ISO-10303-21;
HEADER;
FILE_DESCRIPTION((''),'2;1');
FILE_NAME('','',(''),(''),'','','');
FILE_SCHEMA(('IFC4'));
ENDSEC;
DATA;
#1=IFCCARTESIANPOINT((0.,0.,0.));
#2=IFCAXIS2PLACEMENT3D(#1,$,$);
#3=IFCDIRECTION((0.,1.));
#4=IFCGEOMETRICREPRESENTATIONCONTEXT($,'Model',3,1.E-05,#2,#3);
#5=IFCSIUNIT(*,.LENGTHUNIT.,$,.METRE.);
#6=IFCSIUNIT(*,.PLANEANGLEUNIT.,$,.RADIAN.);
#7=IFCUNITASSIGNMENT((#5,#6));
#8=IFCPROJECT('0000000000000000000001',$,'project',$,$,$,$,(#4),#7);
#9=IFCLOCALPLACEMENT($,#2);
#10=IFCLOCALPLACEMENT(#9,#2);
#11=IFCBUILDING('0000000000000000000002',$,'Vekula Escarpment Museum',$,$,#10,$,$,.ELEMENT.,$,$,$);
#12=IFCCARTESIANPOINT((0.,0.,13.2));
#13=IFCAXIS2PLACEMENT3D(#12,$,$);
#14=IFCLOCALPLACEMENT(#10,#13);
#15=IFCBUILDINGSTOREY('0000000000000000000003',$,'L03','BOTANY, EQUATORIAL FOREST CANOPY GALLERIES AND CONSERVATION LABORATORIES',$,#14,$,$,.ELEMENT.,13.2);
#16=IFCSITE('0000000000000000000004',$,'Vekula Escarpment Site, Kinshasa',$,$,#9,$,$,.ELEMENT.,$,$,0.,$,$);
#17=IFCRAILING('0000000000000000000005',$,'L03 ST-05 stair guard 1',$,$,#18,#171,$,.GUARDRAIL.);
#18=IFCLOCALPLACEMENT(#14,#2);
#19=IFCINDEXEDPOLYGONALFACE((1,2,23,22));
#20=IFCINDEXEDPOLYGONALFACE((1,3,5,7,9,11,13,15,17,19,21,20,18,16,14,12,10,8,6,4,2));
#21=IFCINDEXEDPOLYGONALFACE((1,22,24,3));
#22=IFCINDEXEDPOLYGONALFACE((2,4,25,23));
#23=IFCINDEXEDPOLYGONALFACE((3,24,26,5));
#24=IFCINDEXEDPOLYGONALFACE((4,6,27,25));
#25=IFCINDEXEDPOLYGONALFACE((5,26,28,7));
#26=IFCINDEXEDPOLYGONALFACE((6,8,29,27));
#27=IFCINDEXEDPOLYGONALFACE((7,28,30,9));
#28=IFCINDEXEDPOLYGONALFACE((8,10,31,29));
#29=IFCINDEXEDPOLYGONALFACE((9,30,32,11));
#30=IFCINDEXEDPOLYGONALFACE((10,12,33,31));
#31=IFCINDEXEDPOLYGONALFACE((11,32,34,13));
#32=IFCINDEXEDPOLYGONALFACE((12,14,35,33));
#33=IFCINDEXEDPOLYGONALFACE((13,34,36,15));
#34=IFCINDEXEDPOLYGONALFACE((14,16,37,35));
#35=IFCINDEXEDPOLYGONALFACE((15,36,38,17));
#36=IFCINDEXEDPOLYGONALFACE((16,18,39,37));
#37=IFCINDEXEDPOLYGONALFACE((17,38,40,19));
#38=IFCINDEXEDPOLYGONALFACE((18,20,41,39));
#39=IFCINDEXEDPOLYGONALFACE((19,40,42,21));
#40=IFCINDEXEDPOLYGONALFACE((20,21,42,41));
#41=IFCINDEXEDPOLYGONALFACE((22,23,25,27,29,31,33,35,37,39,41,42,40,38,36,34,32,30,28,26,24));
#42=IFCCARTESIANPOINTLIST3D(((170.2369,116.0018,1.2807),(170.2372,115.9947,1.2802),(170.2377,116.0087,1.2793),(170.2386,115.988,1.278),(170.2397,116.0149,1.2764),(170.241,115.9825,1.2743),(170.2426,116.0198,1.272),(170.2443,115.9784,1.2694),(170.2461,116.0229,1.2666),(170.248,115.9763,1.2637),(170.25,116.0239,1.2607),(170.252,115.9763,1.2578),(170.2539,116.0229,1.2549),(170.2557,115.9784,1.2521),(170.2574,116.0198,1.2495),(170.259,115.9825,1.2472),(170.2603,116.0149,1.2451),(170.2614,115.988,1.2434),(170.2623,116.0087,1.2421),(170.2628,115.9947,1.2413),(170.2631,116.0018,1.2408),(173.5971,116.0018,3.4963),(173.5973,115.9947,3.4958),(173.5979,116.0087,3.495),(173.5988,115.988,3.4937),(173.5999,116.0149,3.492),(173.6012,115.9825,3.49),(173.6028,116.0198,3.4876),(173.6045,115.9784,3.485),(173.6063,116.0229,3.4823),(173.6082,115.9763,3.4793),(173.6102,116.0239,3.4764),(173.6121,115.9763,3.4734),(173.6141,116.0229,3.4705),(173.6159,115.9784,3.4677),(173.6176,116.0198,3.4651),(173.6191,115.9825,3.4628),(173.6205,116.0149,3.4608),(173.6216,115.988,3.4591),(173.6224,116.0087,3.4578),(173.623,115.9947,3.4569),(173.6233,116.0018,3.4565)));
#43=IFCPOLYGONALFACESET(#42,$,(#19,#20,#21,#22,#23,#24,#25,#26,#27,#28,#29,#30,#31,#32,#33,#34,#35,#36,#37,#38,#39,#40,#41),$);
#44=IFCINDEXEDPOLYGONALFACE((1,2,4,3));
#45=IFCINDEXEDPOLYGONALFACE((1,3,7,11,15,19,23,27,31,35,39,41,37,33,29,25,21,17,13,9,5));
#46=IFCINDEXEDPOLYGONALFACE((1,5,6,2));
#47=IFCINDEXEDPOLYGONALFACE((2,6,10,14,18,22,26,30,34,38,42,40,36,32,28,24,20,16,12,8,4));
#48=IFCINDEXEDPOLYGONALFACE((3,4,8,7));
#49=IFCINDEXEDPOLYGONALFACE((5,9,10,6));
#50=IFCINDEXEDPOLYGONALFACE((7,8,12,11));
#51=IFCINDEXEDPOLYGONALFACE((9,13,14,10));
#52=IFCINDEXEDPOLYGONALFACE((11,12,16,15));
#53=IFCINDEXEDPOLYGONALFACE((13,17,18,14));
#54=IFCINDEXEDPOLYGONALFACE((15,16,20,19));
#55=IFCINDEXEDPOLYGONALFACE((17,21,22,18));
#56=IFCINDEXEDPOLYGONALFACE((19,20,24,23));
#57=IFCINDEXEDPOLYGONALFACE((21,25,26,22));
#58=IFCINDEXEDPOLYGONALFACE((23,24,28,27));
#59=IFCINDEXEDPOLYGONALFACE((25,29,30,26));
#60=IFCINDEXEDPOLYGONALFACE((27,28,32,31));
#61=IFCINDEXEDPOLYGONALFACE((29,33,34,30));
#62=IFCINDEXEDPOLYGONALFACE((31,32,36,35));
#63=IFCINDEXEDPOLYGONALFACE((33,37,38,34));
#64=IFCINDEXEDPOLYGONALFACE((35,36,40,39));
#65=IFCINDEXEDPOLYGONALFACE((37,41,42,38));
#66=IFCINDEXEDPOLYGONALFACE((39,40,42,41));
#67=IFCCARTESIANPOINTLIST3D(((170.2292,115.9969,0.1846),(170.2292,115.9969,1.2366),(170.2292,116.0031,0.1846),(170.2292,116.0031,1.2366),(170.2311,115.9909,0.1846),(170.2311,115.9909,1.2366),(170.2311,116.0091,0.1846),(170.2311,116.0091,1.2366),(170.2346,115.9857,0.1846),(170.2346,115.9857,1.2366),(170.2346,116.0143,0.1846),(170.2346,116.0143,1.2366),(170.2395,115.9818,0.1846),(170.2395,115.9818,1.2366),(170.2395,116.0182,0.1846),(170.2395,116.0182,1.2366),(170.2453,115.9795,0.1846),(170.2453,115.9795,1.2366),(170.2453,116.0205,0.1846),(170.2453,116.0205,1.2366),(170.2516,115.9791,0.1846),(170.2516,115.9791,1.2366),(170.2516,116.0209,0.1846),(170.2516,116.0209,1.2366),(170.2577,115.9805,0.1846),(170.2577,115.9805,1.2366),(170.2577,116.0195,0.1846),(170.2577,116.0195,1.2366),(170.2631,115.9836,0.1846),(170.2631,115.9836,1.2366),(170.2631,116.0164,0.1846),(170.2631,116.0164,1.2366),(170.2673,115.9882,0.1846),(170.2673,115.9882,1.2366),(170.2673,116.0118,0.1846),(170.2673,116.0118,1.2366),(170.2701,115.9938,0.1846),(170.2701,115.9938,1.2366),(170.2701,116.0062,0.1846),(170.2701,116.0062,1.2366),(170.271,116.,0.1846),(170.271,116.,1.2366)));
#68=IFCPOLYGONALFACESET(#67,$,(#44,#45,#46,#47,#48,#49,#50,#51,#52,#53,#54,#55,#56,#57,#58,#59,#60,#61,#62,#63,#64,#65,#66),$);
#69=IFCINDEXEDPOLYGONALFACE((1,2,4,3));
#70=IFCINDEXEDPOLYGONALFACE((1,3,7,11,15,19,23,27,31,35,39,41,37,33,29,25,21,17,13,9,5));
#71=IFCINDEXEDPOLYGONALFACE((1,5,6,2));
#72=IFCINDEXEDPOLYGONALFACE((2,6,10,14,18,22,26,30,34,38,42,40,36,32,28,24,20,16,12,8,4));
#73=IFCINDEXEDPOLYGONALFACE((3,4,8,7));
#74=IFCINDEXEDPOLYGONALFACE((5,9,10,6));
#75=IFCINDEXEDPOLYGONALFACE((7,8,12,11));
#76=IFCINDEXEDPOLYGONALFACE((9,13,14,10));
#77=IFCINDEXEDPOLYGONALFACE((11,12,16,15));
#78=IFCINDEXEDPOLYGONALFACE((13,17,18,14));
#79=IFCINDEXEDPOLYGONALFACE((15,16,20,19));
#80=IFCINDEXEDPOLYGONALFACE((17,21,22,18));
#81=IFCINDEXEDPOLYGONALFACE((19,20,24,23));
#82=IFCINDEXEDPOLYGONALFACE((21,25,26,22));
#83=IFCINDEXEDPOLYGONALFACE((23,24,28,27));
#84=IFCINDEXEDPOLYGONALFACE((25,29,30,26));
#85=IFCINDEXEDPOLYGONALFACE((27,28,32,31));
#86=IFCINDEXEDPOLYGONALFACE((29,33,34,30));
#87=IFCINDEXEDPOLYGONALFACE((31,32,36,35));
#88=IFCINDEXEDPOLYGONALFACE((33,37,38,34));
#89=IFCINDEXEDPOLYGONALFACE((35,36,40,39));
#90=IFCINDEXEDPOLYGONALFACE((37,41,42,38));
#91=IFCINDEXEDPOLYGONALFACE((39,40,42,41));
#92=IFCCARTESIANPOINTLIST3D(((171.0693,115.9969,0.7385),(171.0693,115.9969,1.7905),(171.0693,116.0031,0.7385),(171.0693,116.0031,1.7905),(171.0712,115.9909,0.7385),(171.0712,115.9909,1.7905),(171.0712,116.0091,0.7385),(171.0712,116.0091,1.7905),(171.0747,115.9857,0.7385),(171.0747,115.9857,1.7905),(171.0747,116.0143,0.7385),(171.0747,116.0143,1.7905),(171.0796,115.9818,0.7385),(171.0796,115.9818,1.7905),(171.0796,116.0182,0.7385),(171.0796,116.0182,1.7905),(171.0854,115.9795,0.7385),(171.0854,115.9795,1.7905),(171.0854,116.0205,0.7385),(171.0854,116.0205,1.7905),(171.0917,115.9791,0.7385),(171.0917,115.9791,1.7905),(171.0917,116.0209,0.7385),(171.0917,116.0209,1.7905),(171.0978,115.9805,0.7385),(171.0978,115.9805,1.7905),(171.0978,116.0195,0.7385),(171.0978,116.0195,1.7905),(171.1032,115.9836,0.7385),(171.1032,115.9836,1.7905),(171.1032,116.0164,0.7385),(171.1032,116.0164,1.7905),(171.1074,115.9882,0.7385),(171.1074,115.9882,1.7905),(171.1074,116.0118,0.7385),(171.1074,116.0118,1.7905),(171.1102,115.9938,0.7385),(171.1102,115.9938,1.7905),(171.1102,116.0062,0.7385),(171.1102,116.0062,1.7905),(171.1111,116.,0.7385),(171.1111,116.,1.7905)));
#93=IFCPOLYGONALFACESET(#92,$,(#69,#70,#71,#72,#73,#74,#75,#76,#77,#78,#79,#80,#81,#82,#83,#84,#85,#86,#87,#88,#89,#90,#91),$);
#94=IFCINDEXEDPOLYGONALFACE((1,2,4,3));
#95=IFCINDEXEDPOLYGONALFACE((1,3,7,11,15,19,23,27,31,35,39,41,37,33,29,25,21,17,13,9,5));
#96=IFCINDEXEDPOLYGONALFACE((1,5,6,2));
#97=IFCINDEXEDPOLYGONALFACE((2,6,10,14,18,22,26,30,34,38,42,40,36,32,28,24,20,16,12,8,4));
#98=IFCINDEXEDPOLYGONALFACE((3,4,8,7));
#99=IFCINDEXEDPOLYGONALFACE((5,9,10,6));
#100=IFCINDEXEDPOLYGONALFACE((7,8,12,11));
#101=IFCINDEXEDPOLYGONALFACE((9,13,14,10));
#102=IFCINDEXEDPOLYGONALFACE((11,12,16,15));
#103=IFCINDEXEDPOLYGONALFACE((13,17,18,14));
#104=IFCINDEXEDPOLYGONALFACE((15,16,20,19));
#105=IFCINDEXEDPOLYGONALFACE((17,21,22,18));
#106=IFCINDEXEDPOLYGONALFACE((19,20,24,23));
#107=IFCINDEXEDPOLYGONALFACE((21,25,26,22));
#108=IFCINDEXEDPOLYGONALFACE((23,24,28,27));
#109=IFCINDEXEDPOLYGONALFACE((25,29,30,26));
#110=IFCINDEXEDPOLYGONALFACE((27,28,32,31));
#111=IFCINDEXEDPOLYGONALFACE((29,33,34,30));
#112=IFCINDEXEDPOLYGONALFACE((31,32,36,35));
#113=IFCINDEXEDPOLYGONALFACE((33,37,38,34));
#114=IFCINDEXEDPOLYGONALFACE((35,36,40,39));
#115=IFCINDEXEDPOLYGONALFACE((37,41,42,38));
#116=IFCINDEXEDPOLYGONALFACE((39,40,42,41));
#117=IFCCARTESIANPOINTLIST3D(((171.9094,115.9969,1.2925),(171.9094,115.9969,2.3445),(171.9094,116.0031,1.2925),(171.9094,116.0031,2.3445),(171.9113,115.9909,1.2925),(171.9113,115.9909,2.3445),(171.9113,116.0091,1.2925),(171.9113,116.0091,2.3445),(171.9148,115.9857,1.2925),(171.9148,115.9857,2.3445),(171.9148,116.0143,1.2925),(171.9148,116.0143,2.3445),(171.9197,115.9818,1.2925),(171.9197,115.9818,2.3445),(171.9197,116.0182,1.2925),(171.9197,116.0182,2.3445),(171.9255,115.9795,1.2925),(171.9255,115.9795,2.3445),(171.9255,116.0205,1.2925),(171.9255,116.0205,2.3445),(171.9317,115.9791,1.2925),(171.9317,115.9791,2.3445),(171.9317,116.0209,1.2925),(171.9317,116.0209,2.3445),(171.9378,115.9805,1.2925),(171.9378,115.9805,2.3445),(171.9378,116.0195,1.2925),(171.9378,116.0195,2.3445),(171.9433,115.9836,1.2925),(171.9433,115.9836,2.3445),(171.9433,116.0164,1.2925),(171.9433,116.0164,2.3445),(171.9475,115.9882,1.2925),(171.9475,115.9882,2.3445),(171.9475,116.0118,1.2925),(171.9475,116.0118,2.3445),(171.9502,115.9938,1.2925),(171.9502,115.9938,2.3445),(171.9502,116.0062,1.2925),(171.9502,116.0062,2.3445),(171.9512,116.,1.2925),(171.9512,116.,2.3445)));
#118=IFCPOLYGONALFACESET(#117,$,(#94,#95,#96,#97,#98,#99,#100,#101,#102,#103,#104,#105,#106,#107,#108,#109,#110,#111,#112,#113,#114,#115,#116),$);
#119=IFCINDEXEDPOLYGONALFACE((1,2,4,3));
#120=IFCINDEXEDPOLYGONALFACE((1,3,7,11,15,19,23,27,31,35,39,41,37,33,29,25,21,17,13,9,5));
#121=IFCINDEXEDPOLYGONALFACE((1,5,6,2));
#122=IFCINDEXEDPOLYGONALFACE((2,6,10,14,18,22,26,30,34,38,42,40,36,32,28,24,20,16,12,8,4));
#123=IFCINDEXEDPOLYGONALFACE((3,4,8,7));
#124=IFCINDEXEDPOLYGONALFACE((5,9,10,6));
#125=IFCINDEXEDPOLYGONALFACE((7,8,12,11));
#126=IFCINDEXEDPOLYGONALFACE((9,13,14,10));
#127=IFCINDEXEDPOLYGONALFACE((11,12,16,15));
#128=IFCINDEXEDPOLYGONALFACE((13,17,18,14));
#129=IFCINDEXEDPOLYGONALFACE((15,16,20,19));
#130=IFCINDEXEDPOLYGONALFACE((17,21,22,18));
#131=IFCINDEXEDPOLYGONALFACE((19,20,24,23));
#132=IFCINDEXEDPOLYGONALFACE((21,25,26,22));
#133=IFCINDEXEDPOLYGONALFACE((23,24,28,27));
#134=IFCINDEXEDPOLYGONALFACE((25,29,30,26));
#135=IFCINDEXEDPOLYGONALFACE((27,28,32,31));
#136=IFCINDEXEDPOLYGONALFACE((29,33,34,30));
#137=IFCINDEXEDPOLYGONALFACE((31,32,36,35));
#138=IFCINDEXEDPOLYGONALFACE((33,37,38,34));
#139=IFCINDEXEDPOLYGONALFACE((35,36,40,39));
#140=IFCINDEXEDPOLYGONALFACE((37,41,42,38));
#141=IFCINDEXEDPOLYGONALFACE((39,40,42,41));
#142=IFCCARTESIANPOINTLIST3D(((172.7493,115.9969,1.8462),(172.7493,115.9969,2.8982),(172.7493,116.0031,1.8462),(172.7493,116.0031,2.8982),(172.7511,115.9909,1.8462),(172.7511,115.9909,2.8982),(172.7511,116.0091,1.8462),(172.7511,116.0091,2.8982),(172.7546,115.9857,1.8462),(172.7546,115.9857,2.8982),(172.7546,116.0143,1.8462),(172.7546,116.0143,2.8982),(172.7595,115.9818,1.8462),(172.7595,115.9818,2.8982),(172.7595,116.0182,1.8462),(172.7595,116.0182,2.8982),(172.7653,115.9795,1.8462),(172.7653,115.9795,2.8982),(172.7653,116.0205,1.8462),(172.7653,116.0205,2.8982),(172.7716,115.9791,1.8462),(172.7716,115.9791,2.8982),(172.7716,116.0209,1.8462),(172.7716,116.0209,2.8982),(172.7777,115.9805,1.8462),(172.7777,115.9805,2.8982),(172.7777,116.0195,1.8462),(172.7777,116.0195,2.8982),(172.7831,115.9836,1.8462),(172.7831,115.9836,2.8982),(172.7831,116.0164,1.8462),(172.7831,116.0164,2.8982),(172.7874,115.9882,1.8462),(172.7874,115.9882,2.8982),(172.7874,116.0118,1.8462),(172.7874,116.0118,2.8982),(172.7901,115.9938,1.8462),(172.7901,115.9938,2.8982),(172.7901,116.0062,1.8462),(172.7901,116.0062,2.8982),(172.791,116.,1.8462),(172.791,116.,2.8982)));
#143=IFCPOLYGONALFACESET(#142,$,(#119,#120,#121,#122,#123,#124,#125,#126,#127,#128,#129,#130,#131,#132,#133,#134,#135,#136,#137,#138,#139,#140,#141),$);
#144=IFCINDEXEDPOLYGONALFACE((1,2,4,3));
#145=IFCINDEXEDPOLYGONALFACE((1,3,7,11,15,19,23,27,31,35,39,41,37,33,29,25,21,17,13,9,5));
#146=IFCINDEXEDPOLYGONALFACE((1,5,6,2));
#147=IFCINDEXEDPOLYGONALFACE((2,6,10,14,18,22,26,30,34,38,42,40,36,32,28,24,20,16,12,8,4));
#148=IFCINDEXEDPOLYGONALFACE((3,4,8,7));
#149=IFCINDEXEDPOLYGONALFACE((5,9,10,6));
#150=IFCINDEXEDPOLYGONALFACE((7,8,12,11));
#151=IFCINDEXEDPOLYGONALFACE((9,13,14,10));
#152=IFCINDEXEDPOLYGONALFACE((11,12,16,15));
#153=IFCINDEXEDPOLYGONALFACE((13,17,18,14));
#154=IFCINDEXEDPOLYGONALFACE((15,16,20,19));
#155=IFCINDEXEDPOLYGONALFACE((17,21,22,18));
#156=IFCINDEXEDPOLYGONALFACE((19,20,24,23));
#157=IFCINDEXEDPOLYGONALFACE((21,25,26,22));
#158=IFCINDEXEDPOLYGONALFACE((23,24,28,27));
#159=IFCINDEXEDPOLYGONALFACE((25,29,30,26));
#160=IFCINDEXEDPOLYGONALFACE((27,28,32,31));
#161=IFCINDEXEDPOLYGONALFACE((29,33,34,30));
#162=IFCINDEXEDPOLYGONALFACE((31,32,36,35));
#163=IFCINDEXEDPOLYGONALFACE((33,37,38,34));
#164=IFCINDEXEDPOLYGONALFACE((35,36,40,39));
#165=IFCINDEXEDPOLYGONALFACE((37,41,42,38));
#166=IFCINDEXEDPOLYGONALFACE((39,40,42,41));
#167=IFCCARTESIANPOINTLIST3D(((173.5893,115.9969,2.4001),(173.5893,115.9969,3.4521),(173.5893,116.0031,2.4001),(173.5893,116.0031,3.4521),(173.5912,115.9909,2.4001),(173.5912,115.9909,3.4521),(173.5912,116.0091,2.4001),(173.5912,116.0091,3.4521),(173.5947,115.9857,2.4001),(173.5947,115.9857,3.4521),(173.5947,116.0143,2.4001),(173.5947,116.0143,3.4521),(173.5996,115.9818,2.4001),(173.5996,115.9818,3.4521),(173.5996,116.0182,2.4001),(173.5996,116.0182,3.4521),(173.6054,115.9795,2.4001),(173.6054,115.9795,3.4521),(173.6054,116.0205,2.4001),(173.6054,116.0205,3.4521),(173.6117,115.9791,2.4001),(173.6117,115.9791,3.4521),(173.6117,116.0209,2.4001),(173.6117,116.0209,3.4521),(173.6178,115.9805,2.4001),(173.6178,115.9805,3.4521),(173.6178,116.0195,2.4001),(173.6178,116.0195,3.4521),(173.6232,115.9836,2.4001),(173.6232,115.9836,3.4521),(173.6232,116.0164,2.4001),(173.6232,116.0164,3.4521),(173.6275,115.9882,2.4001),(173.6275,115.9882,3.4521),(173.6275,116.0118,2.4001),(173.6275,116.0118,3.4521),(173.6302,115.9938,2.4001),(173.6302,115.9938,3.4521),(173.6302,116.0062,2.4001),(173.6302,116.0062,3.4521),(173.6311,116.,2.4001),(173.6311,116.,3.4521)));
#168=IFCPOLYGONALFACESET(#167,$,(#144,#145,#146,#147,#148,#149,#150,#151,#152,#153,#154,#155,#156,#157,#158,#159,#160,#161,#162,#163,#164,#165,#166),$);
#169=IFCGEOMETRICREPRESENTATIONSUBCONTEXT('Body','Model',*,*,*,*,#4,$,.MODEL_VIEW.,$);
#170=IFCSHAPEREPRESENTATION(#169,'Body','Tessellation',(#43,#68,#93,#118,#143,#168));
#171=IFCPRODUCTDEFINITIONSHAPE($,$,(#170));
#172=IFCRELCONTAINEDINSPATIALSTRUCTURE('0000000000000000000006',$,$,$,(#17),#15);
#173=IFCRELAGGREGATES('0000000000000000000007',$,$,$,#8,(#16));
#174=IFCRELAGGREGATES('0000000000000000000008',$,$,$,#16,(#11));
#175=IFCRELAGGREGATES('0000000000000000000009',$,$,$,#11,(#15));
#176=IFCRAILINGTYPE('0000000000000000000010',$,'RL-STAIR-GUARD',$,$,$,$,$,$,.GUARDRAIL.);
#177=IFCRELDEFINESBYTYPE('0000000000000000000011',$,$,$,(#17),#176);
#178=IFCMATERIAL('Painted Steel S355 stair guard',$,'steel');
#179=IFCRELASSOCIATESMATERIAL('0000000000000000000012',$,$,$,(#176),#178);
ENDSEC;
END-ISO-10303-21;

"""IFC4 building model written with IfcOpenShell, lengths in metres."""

from ifc_helpers import new_model, si_unit, direction, frame, origin, origin_2d, place, context, subcontext, project, spatial, circle, extrude, material, type_object, element, save


model = new_model("IFC4")

# Units and contexts
model_context = context("Model", 3, precision=1e-05, world=origin(), true_north=direction((0.0, 1.0)))
body_context = subcontext(model_context, "Body", "Model", "MODEL_VIEW")
ifc_project = project(units=[si_unit("LENGTHUNIT", "METRE"), si_unit("PLANEANGLEUNIT", "RADIAN")], contexts=[model_context])

# Site, building, storey
site_placement = place(None, origin())
site = spatial("IfcSite", under=ifc_project, at=site_placement, Name="Vekula Escarpment Site, Kinshasa", CompositionType="ELEMENT", RefElevation=0.0)
building_placement = place(site_placement, origin())
building = spatial("IfcBuilding", under=site, at=building_placement, Name="Vekula Escarpment Museum", CompositionType="ELEMENT")
storey_placement = place(building_placement, frame((0.0, 0.0, 13.2)))
storey = spatial("IfcBuildingStorey", under=building, at=storey_placement, Name="L03", Description="BOTANY, EQUATORIAL FOREST CANOPY GALLERIES AND CONSERVATION LABORATORIES", CompositionType="ELEMENT", Elevation=13.2)

# Railing
ifc_material_1 = material(Name="Painted Steel S355 stair guard", Category="steel")
railing_type_1 = type_object("IfcRailingType", Name="RL-STAIR-GUARD", PredefinedType="GUARDRAIL", material=ifc_material_1)
railing_1_placement = place(storey_placement, frame((170.25, 116.0, 0.1846)))
element("IfcRailing", 1, at=railing_1_placement, inside=storey, type_object=railing_type_1, Name="L03 ST-05 stair guard 1", PredefinedType="GUARDRAIL", context=body_context, shape_type="SweptSolid", body=[
    extrude(circle(Radius=0.0239, at=origin_2d()), frame((0.0, 0.0, 1.0762), z_axis=(0.834849, 0.0, 0.55048), x_axis=(0.0, 1.0, 0.0)), (0.0, 0.0, 1.0), 4.0249),
    extrude(circle(Radius=0.021, at=origin_2d()), origin(), (0.0, 0.0, 1.0), 1.052),
    extrude(circle(Radius=0.021, at=origin_2d()), frame((0.8401, 0.0, 0.554)), (0.0, 0.0, 1.0), 1.052),
    extrude(circle(Radius=0.021, at=origin_2d()), frame((1.6802, 0.0, 1.1079)), (0.0, 0.0, 1.0), 1.052),
    extrude(circle(Radius=0.021, at=origin_2d()), frame((2.52, 0.0, 1.6616)), (0.0, 0.0, 1.0), 1.052),
    extrude(circle(Radius=0.021, at=origin_2d()), frame((3.3601, 0.0, 2.2156)), (0.0, 0.0, 1.0), 1.052),
])

save(model, "model.ifc")
